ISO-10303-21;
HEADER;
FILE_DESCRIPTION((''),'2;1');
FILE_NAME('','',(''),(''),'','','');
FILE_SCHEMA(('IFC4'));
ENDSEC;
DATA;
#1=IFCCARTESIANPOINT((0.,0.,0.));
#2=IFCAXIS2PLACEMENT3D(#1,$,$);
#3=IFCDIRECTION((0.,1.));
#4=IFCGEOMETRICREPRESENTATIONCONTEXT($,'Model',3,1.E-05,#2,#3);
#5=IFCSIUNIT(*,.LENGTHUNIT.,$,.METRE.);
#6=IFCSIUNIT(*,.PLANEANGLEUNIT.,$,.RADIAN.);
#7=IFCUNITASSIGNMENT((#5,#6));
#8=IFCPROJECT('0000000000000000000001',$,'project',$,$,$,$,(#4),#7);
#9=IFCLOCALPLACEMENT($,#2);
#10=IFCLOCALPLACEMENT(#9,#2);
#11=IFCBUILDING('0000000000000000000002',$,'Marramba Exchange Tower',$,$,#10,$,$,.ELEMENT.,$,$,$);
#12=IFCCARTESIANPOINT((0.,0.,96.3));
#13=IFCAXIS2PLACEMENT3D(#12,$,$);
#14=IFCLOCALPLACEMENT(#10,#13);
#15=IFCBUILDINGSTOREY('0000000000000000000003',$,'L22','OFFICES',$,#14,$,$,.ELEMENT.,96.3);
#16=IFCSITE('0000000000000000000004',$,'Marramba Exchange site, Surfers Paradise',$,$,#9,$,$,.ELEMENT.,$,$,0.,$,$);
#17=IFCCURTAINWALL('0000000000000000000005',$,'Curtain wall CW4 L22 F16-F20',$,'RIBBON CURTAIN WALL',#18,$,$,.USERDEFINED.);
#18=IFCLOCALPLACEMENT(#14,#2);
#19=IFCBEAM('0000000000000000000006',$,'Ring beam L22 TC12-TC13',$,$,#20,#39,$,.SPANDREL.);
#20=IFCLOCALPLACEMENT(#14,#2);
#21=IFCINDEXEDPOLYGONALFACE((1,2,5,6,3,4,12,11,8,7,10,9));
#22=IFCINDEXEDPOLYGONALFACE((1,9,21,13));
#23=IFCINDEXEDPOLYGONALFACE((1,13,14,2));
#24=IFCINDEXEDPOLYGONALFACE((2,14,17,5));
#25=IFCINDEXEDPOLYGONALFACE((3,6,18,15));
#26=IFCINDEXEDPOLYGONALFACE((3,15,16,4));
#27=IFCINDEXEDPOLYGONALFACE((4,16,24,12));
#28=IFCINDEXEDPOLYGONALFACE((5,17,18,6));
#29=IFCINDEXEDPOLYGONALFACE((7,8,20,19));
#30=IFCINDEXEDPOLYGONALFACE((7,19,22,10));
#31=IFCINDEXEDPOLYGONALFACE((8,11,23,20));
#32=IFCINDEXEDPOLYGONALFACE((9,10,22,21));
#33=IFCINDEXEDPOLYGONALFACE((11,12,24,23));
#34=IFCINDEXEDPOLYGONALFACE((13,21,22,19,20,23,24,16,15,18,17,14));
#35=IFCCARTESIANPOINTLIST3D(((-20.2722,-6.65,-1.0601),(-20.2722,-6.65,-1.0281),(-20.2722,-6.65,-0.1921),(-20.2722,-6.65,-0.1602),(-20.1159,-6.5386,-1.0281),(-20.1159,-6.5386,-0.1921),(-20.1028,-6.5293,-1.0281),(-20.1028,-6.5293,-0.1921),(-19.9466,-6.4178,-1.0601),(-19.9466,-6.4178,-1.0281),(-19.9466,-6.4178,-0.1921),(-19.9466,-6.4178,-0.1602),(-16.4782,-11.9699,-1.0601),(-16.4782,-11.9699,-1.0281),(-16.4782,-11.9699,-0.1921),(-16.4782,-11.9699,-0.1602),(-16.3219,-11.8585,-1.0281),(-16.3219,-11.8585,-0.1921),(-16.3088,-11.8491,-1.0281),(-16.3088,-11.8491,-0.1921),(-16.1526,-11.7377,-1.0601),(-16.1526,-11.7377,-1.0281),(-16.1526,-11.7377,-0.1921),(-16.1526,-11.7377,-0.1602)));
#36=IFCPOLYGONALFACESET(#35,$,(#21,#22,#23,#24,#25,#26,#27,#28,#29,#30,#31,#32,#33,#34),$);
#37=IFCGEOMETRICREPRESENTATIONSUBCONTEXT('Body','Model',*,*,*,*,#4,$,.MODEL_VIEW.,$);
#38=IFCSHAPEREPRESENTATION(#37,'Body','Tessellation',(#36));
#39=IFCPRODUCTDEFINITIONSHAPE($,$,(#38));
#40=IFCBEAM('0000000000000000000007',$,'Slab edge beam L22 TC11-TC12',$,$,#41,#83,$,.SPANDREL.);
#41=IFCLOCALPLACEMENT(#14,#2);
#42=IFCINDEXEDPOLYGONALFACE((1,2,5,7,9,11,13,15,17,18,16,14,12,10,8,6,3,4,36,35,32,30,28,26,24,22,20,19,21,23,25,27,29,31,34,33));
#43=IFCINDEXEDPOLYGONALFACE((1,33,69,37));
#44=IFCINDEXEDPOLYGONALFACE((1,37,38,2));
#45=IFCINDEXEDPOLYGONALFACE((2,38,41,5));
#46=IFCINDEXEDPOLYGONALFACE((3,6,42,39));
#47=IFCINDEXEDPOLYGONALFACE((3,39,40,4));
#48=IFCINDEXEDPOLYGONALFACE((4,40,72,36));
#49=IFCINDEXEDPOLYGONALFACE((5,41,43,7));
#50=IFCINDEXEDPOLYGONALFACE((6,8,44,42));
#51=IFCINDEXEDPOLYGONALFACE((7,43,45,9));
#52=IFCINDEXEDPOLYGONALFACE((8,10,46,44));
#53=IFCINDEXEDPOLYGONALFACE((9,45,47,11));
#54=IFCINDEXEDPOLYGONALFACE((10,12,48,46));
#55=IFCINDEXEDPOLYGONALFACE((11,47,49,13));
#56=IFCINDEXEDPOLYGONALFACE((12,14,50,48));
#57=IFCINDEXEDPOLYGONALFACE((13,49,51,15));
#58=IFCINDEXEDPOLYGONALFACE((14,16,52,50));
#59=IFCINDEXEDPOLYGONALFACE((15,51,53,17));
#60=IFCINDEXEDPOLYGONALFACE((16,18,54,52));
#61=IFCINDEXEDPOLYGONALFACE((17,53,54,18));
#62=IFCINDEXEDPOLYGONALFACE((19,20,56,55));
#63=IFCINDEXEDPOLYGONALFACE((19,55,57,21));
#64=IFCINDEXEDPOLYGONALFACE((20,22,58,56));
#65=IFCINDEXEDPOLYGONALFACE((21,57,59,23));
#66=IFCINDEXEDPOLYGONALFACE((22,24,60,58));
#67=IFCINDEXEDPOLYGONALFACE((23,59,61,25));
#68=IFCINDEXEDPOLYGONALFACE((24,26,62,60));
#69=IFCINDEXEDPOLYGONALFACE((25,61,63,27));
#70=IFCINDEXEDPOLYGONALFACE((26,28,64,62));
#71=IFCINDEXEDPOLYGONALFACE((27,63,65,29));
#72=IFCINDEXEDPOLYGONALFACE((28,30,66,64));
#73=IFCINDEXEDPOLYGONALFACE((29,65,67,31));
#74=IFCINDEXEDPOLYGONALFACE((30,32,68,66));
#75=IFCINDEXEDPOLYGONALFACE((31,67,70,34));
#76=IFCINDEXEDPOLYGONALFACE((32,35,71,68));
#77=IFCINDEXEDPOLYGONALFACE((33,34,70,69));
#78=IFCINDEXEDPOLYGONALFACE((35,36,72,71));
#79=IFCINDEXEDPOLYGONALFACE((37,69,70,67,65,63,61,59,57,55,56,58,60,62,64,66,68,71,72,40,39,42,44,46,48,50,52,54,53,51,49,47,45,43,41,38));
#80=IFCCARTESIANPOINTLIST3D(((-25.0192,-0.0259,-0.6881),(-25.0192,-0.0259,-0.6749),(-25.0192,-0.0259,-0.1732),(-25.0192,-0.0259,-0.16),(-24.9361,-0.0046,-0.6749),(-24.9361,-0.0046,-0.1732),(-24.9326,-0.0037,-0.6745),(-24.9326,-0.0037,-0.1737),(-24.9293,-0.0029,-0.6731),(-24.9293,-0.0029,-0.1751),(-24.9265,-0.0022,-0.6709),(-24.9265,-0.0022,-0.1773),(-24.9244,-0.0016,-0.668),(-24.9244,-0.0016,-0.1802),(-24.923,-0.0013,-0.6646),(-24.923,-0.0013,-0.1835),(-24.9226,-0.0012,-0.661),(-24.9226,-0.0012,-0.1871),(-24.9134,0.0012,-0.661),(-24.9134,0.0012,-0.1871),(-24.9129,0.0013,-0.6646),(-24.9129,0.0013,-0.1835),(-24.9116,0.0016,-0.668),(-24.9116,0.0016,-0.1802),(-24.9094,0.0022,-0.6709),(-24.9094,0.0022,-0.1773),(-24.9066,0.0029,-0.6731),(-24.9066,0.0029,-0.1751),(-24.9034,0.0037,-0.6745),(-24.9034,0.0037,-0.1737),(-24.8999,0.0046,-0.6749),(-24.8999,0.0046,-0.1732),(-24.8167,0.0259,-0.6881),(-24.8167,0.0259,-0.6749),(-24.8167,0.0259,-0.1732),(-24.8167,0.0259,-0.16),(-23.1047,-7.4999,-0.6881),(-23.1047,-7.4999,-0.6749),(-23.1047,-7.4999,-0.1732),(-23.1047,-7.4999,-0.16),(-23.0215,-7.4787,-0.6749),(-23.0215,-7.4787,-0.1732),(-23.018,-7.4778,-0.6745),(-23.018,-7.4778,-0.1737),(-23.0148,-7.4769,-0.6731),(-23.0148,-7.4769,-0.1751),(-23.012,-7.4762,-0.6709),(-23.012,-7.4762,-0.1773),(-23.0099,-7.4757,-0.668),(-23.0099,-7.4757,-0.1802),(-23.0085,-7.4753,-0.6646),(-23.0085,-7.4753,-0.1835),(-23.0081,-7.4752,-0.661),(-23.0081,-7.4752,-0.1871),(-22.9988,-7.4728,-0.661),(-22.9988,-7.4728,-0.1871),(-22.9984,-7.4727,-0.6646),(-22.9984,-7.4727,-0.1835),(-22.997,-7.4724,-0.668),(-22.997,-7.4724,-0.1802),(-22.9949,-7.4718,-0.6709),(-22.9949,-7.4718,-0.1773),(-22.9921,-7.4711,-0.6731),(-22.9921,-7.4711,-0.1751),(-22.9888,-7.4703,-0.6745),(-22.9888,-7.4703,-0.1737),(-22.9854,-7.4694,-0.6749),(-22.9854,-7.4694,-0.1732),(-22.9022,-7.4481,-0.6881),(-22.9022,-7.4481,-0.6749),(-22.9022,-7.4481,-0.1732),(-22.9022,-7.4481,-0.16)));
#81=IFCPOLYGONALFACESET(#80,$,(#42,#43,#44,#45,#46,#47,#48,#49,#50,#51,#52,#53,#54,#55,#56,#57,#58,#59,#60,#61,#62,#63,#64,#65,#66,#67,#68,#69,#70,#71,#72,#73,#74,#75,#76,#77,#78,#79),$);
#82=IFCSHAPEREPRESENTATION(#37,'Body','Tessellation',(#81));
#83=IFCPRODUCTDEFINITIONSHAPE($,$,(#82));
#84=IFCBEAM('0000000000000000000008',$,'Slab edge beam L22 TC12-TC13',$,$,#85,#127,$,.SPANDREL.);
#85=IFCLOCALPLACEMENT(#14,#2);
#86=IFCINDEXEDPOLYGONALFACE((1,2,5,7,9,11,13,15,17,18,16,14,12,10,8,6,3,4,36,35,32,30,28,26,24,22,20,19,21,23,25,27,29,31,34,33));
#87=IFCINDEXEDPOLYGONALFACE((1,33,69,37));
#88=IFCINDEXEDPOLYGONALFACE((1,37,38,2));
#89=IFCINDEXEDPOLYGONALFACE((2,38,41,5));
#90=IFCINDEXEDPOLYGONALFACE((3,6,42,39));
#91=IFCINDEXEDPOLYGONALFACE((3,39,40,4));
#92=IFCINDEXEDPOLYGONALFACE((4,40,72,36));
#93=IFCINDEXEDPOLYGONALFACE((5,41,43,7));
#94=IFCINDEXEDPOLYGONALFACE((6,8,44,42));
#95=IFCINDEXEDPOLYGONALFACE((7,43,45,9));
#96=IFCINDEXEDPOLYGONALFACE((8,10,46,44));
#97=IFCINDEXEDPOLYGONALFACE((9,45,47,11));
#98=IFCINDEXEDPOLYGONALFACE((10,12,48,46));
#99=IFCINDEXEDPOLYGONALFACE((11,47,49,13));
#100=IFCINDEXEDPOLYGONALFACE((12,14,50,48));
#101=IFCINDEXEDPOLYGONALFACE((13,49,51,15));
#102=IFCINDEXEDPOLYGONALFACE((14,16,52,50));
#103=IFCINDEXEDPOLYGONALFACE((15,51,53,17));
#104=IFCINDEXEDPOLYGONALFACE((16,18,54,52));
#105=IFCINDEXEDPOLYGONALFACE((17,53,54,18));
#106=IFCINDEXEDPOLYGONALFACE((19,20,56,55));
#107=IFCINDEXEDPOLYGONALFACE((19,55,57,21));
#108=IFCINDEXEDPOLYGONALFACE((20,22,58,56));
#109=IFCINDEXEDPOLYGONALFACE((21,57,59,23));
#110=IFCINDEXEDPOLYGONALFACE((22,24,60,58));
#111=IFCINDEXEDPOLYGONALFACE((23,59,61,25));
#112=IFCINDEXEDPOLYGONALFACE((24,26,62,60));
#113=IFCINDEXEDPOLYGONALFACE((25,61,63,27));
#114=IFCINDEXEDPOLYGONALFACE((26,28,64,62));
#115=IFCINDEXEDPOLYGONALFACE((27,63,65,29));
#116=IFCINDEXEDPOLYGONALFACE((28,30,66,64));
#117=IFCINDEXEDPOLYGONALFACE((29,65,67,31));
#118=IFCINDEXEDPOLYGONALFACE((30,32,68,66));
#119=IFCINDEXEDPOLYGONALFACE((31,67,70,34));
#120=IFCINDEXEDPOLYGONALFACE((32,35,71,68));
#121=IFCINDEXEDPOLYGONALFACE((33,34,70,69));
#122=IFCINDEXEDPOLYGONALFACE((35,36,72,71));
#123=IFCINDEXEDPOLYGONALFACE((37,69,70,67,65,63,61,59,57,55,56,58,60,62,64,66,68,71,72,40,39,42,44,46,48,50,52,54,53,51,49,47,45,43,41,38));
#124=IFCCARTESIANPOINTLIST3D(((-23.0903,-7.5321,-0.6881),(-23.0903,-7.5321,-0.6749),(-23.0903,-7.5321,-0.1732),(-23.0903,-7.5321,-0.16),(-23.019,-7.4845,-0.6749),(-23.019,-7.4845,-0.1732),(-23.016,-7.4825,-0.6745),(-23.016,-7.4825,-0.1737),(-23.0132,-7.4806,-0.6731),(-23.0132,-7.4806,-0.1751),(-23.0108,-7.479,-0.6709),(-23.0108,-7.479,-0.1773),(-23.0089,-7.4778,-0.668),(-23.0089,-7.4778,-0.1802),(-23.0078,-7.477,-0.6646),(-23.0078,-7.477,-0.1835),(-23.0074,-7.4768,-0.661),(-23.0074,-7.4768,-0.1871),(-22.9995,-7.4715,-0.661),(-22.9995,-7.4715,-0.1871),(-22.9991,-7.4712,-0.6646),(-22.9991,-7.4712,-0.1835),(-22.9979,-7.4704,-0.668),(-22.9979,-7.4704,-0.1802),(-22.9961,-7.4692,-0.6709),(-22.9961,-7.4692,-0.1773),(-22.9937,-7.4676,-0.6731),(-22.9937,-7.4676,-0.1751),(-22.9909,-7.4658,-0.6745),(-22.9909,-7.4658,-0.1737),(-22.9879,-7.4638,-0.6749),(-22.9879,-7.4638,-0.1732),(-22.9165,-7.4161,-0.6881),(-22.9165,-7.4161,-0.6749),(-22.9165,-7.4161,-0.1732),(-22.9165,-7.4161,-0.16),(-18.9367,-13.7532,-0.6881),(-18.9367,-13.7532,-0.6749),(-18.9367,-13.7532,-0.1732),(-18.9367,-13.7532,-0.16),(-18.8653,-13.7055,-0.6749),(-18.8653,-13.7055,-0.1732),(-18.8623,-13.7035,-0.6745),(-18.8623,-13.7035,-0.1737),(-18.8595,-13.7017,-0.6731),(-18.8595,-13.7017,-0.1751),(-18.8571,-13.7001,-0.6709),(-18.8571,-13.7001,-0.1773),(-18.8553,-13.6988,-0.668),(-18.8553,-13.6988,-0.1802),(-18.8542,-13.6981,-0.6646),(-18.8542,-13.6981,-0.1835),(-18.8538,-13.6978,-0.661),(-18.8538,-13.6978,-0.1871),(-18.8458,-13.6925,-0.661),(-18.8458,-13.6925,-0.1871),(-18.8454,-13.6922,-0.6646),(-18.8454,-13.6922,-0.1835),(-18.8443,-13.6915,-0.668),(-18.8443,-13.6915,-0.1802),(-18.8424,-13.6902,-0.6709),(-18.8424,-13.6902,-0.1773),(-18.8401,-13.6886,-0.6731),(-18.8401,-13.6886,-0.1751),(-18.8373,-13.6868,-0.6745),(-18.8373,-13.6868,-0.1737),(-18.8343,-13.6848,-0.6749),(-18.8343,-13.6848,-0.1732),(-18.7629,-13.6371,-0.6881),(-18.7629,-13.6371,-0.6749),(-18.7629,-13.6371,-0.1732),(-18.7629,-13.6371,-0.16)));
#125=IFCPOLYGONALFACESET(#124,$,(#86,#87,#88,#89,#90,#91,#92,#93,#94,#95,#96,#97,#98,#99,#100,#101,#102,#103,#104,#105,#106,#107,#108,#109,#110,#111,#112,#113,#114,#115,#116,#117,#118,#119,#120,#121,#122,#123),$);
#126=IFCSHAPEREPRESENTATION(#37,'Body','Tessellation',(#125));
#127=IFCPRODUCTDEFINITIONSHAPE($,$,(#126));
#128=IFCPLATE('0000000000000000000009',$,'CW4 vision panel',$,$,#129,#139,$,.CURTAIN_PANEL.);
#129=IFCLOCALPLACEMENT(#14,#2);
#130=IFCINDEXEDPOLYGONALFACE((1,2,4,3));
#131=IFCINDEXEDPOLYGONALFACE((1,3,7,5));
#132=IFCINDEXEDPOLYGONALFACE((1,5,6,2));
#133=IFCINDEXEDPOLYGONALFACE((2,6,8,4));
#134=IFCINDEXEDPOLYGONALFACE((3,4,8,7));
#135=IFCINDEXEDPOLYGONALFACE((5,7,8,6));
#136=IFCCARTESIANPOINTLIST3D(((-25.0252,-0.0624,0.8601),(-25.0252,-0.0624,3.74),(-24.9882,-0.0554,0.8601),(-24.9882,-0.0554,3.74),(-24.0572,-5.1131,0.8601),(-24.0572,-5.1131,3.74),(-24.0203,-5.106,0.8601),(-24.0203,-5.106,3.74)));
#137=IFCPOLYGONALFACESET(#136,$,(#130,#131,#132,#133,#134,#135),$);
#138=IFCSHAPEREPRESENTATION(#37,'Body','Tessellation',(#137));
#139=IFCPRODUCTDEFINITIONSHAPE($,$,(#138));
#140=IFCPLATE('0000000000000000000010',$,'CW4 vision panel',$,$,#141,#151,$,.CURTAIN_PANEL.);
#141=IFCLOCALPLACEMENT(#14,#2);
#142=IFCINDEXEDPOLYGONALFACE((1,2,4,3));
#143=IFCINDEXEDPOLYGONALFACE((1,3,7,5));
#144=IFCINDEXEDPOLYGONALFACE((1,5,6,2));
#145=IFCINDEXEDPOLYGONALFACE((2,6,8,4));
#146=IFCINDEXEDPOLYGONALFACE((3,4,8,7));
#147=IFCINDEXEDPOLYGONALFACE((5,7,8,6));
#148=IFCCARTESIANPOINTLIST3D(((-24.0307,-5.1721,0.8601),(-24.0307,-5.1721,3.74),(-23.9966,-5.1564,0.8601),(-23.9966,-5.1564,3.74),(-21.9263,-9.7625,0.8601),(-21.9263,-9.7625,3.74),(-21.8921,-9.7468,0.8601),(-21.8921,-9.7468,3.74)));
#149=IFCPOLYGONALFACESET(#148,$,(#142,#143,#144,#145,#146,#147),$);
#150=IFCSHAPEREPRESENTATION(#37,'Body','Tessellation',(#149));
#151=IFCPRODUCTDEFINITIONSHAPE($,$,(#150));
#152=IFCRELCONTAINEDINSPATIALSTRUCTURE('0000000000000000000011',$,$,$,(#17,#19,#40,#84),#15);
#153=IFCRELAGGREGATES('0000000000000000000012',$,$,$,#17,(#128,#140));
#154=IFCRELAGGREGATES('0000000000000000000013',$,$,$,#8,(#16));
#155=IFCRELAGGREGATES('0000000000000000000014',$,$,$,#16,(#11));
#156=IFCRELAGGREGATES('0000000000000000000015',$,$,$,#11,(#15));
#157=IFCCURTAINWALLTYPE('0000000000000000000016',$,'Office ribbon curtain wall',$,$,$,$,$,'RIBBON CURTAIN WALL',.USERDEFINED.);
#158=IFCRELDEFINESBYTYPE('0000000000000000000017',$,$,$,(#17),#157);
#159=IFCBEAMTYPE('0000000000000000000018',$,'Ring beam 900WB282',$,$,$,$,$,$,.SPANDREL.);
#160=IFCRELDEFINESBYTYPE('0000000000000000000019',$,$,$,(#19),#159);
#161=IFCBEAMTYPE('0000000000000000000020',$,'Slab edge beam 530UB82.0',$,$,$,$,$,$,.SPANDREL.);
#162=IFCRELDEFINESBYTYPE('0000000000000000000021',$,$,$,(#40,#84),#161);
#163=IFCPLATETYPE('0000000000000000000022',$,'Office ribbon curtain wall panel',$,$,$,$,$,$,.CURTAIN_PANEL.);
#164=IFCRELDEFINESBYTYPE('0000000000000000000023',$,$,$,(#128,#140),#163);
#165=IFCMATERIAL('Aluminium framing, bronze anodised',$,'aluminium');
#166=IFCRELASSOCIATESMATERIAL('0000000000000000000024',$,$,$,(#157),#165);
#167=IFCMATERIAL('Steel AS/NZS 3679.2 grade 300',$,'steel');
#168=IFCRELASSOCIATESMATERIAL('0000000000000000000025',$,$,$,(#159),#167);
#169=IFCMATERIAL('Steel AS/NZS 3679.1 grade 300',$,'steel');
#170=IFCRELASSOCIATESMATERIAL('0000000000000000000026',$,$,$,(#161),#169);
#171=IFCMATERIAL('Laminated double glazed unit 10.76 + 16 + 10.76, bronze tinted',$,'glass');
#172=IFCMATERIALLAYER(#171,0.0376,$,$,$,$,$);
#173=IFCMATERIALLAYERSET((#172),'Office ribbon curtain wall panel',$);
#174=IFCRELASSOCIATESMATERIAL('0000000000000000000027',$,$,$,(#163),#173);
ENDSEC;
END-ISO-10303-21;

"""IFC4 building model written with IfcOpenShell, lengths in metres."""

from ifc_helpers import new_model, si_unit, direction, frame, origin, origin_2d, place, context, subcontext, project, spatial, rectangle, i_section, extrude, material, layer, layer_set, material_profile, profile_set, type_object, element, aggregate, save


model = new_model("IFC4")

# Units and contexts
model_context = context("Model", 3, precision=1e-05, world=origin(), true_north=direction((0.0, 1.0)))
body_context = subcontext(model_context, "Body", "Model", "MODEL_VIEW")
ifc_project = project(units=[si_unit("LENGTHUNIT", "METRE"), si_unit("PLANEANGLEUNIT", "RADIAN")], contexts=[model_context])

# Site, building, storey
site_placement = place(None, origin())
site = spatial("IfcSite", under=ifc_project, at=site_placement, Name="Marramba Exchange site, Surfers Paradise", CompositionType="ELEMENT", RefElevation=0.0)
building_placement = place(site_placement, origin())
building = spatial("IfcBuilding", under=site, at=building_placement, Name="Marramba Exchange Tower", CompositionType="ELEMENT")
storey_placement = place(building_placement, frame((0.0, 0.0, 96.3)))
storey = spatial("IfcBuildingStorey", under=building, at=storey_placement, Name="L22", Description="OFFICES", CompositionType="ELEMENT", Elevation=96.3)

# Shared definitions
ifc_material_1 = material(Name="Steel AS/NZS 3679.2 grade 300", Category="steel")

# Curtain wall
ifc_material_2 = material(Name="Aluminium framing, bronze anodised", Category="aluminium")
curtain_wall_type = type_object("IfcCurtainWallType", Name="Office ribbon curtain wall", ElementType="RIBBON CURTAIN WALL", PredefinedType="USERDEFINED", material=ifc_material_2)
curtain_wall_placement = place(storey_placement, origin())
curtain_wall = element("IfcCurtainWall", 1, at=curtain_wall_placement, inside=storey, type_object=curtain_wall_type, Name="Curtain wall CW4 L22 F16-F20", ObjectType="RIBBON CURTAIN WALL", PredefinedType="USERDEFINED")

# Beams
ifc_material_profile_1 = material_profile(ifc_material_1, i_section(OverallWidth=0.3999, OverallDepth=0.8999, WebThickness=0.0161, FlangeThickness=0.032, at=origin_2d()), Name="900WB282")
ifc_profile_set_1 = profile_set([ifc_material_profile_1], Name="Steel AS/NZS 3679.2 grade 300")
beam_type_1 = type_object("IfcBeamType", Name="Ring beam 900WB282", PredefinedType="SPANDREL", material=ifc_profile_set_1)
beam_1_placement = place(storey_placement, frame((-20.1094, -6.5339, -0.6101), z_axis=(0.580637, -0.814162, 0.0), x_axis=(0.814162, 0.580637, 0.0)))
element("IfcBeam", 2, at=beam_1_placement, inside=storey, type_object=beam_type_1, Name="Ring beam L22 TC12-TC13", PredefinedType="SPANDREL", context=body_context, shape_type="SweptSolid", body=[
    extrude(i_section(OverallWidth=0.3999, OverallDepth=0.8999, WebThickness=0.0161, FlangeThickness=0.032, at=origin_2d()), origin(), (0.0, 0.0, 1.0), 6.5342),
])
ifc_material_3 = material(Name="Steel AS/NZS 3679.1 grade 300", Category="steel")
ifc_material_profile_2 = material_profile(ifc_material_3, i_section(OverallWidth=0.209, OverallDepth=0.5281, WebThickness=0.0095, FlangeThickness=0.0132, FilletRadius=0.0139, at=origin_2d()), Name="530UB82.0")
ifc_profile_set_2 = profile_set([ifc_material_profile_2], Name="Steel AS/NZS 3679.1 grade 300")
beam_type_2 = type_object("IfcBeamType", Name="Slab edge beam 530UB82.0", PredefinedType="SPANDREL", material=ifc_profile_set_2)
beam_2_placement = place(storey_placement, frame((-24.918, 0.0, -0.4241), z_axis=(0.248145, -0.968723, 0.0), x_axis=(0.968723, 0.248145, 0.0)))
element("IfcBeam", 3, at=beam_2_placement, inside=storey, type_object=beam_type_2, Name="Slab edge beam L22 TC11-TC12", PredefinedType="SPANDREL", context=body_context, shape_type="SweptSolid", body=[
    extrude(i_section(OverallWidth=0.209, OverallDepth=0.5281, WebThickness=0.0095, FlangeThickness=0.0132, FilletRadius=0.0139, at=origin_2d()), origin(), (0.0, 0.0, 1.0), 7.7153),
])
beam_3_placement = place(storey_placement, frame((-23.0034, -7.4741, -0.4241), z_axis=(0.55528, -0.831663, 0.0), x_axis=(0.831663, 0.55528, 0.0)))
element("IfcBeam", 4, at=beam_3_placement, inside=storey, type_object=beam_type_2, Name="Slab edge beam L22 TC12-TC13", PredefinedType="SPANDREL", context=body_context, shape_type="SweptSolid", body=[
    extrude(i_section(OverallWidth=0.209, OverallDepth=0.5281, WebThickness=0.0095, FlangeThickness=0.0132, FilletRadius=0.0139, at=origin_2d()), origin(), (0.0, 0.0, 1.0), 7.4802),
])

# Plates
ifc_material_4 = material(Name="Laminated double glazed unit 10.76 + 16 + 10.76, bronze tinted", Category="glass")
ifc_layer_1 = layer(ifc_material_4, 0.0376)
ifc_layer_set_1 = layer_set([ifc_layer_1], Name="Office ribbon curtain wall panel")
plate_type = type_object("IfcPlateType", Name="Office ribbon curtain wall panel", PredefinedType="CURTAIN_PANEL", material=ifc_layer_set_1)
plate_1_placement = place(storey_placement, frame((-24.5227, -2.5842, 0.8601), z_axis=(0.0, 0.0, 1.0), x_axis=(0.188227, -0.982126, 0.0)))
plate_1 = element("IfcPlate", 5, at=plate_1_placement, type_object=plate_type, Name="CW4 vision panel", PredefinedType="CURTAIN_PANEL", context=body_context, shape_type="SweptSolid", body=[
    extrude(rectangle(XDim=5.1426, YDim=0.0376, at=origin_2d()), origin(), (0.0, 0.0, 1.0), 2.8799),
])
plate_2_placement = place(storey_placement, frame((-22.9614, -7.4595, 0.8601), z_axis=(0.0, 0.0, 1.0), x_axis=(0.416738, -0.909027, 0.0)))
plate_2 = element("IfcPlate", 6, at=plate_2_placement, type_object=plate_type, Name="CW4 vision panel", PredefinedType="CURTAIN_PANEL", context=body_context, shape_type="SweptSolid", body=[
    extrude(rectangle(XDim=5.0498, YDim=0.0376, at=origin_2d()), origin(), (0.0, 0.0, 1.0), 2.8799),
])
aggregate(curtain_wall, [plate_1, plate_2])

save(model, "model.ifc")
